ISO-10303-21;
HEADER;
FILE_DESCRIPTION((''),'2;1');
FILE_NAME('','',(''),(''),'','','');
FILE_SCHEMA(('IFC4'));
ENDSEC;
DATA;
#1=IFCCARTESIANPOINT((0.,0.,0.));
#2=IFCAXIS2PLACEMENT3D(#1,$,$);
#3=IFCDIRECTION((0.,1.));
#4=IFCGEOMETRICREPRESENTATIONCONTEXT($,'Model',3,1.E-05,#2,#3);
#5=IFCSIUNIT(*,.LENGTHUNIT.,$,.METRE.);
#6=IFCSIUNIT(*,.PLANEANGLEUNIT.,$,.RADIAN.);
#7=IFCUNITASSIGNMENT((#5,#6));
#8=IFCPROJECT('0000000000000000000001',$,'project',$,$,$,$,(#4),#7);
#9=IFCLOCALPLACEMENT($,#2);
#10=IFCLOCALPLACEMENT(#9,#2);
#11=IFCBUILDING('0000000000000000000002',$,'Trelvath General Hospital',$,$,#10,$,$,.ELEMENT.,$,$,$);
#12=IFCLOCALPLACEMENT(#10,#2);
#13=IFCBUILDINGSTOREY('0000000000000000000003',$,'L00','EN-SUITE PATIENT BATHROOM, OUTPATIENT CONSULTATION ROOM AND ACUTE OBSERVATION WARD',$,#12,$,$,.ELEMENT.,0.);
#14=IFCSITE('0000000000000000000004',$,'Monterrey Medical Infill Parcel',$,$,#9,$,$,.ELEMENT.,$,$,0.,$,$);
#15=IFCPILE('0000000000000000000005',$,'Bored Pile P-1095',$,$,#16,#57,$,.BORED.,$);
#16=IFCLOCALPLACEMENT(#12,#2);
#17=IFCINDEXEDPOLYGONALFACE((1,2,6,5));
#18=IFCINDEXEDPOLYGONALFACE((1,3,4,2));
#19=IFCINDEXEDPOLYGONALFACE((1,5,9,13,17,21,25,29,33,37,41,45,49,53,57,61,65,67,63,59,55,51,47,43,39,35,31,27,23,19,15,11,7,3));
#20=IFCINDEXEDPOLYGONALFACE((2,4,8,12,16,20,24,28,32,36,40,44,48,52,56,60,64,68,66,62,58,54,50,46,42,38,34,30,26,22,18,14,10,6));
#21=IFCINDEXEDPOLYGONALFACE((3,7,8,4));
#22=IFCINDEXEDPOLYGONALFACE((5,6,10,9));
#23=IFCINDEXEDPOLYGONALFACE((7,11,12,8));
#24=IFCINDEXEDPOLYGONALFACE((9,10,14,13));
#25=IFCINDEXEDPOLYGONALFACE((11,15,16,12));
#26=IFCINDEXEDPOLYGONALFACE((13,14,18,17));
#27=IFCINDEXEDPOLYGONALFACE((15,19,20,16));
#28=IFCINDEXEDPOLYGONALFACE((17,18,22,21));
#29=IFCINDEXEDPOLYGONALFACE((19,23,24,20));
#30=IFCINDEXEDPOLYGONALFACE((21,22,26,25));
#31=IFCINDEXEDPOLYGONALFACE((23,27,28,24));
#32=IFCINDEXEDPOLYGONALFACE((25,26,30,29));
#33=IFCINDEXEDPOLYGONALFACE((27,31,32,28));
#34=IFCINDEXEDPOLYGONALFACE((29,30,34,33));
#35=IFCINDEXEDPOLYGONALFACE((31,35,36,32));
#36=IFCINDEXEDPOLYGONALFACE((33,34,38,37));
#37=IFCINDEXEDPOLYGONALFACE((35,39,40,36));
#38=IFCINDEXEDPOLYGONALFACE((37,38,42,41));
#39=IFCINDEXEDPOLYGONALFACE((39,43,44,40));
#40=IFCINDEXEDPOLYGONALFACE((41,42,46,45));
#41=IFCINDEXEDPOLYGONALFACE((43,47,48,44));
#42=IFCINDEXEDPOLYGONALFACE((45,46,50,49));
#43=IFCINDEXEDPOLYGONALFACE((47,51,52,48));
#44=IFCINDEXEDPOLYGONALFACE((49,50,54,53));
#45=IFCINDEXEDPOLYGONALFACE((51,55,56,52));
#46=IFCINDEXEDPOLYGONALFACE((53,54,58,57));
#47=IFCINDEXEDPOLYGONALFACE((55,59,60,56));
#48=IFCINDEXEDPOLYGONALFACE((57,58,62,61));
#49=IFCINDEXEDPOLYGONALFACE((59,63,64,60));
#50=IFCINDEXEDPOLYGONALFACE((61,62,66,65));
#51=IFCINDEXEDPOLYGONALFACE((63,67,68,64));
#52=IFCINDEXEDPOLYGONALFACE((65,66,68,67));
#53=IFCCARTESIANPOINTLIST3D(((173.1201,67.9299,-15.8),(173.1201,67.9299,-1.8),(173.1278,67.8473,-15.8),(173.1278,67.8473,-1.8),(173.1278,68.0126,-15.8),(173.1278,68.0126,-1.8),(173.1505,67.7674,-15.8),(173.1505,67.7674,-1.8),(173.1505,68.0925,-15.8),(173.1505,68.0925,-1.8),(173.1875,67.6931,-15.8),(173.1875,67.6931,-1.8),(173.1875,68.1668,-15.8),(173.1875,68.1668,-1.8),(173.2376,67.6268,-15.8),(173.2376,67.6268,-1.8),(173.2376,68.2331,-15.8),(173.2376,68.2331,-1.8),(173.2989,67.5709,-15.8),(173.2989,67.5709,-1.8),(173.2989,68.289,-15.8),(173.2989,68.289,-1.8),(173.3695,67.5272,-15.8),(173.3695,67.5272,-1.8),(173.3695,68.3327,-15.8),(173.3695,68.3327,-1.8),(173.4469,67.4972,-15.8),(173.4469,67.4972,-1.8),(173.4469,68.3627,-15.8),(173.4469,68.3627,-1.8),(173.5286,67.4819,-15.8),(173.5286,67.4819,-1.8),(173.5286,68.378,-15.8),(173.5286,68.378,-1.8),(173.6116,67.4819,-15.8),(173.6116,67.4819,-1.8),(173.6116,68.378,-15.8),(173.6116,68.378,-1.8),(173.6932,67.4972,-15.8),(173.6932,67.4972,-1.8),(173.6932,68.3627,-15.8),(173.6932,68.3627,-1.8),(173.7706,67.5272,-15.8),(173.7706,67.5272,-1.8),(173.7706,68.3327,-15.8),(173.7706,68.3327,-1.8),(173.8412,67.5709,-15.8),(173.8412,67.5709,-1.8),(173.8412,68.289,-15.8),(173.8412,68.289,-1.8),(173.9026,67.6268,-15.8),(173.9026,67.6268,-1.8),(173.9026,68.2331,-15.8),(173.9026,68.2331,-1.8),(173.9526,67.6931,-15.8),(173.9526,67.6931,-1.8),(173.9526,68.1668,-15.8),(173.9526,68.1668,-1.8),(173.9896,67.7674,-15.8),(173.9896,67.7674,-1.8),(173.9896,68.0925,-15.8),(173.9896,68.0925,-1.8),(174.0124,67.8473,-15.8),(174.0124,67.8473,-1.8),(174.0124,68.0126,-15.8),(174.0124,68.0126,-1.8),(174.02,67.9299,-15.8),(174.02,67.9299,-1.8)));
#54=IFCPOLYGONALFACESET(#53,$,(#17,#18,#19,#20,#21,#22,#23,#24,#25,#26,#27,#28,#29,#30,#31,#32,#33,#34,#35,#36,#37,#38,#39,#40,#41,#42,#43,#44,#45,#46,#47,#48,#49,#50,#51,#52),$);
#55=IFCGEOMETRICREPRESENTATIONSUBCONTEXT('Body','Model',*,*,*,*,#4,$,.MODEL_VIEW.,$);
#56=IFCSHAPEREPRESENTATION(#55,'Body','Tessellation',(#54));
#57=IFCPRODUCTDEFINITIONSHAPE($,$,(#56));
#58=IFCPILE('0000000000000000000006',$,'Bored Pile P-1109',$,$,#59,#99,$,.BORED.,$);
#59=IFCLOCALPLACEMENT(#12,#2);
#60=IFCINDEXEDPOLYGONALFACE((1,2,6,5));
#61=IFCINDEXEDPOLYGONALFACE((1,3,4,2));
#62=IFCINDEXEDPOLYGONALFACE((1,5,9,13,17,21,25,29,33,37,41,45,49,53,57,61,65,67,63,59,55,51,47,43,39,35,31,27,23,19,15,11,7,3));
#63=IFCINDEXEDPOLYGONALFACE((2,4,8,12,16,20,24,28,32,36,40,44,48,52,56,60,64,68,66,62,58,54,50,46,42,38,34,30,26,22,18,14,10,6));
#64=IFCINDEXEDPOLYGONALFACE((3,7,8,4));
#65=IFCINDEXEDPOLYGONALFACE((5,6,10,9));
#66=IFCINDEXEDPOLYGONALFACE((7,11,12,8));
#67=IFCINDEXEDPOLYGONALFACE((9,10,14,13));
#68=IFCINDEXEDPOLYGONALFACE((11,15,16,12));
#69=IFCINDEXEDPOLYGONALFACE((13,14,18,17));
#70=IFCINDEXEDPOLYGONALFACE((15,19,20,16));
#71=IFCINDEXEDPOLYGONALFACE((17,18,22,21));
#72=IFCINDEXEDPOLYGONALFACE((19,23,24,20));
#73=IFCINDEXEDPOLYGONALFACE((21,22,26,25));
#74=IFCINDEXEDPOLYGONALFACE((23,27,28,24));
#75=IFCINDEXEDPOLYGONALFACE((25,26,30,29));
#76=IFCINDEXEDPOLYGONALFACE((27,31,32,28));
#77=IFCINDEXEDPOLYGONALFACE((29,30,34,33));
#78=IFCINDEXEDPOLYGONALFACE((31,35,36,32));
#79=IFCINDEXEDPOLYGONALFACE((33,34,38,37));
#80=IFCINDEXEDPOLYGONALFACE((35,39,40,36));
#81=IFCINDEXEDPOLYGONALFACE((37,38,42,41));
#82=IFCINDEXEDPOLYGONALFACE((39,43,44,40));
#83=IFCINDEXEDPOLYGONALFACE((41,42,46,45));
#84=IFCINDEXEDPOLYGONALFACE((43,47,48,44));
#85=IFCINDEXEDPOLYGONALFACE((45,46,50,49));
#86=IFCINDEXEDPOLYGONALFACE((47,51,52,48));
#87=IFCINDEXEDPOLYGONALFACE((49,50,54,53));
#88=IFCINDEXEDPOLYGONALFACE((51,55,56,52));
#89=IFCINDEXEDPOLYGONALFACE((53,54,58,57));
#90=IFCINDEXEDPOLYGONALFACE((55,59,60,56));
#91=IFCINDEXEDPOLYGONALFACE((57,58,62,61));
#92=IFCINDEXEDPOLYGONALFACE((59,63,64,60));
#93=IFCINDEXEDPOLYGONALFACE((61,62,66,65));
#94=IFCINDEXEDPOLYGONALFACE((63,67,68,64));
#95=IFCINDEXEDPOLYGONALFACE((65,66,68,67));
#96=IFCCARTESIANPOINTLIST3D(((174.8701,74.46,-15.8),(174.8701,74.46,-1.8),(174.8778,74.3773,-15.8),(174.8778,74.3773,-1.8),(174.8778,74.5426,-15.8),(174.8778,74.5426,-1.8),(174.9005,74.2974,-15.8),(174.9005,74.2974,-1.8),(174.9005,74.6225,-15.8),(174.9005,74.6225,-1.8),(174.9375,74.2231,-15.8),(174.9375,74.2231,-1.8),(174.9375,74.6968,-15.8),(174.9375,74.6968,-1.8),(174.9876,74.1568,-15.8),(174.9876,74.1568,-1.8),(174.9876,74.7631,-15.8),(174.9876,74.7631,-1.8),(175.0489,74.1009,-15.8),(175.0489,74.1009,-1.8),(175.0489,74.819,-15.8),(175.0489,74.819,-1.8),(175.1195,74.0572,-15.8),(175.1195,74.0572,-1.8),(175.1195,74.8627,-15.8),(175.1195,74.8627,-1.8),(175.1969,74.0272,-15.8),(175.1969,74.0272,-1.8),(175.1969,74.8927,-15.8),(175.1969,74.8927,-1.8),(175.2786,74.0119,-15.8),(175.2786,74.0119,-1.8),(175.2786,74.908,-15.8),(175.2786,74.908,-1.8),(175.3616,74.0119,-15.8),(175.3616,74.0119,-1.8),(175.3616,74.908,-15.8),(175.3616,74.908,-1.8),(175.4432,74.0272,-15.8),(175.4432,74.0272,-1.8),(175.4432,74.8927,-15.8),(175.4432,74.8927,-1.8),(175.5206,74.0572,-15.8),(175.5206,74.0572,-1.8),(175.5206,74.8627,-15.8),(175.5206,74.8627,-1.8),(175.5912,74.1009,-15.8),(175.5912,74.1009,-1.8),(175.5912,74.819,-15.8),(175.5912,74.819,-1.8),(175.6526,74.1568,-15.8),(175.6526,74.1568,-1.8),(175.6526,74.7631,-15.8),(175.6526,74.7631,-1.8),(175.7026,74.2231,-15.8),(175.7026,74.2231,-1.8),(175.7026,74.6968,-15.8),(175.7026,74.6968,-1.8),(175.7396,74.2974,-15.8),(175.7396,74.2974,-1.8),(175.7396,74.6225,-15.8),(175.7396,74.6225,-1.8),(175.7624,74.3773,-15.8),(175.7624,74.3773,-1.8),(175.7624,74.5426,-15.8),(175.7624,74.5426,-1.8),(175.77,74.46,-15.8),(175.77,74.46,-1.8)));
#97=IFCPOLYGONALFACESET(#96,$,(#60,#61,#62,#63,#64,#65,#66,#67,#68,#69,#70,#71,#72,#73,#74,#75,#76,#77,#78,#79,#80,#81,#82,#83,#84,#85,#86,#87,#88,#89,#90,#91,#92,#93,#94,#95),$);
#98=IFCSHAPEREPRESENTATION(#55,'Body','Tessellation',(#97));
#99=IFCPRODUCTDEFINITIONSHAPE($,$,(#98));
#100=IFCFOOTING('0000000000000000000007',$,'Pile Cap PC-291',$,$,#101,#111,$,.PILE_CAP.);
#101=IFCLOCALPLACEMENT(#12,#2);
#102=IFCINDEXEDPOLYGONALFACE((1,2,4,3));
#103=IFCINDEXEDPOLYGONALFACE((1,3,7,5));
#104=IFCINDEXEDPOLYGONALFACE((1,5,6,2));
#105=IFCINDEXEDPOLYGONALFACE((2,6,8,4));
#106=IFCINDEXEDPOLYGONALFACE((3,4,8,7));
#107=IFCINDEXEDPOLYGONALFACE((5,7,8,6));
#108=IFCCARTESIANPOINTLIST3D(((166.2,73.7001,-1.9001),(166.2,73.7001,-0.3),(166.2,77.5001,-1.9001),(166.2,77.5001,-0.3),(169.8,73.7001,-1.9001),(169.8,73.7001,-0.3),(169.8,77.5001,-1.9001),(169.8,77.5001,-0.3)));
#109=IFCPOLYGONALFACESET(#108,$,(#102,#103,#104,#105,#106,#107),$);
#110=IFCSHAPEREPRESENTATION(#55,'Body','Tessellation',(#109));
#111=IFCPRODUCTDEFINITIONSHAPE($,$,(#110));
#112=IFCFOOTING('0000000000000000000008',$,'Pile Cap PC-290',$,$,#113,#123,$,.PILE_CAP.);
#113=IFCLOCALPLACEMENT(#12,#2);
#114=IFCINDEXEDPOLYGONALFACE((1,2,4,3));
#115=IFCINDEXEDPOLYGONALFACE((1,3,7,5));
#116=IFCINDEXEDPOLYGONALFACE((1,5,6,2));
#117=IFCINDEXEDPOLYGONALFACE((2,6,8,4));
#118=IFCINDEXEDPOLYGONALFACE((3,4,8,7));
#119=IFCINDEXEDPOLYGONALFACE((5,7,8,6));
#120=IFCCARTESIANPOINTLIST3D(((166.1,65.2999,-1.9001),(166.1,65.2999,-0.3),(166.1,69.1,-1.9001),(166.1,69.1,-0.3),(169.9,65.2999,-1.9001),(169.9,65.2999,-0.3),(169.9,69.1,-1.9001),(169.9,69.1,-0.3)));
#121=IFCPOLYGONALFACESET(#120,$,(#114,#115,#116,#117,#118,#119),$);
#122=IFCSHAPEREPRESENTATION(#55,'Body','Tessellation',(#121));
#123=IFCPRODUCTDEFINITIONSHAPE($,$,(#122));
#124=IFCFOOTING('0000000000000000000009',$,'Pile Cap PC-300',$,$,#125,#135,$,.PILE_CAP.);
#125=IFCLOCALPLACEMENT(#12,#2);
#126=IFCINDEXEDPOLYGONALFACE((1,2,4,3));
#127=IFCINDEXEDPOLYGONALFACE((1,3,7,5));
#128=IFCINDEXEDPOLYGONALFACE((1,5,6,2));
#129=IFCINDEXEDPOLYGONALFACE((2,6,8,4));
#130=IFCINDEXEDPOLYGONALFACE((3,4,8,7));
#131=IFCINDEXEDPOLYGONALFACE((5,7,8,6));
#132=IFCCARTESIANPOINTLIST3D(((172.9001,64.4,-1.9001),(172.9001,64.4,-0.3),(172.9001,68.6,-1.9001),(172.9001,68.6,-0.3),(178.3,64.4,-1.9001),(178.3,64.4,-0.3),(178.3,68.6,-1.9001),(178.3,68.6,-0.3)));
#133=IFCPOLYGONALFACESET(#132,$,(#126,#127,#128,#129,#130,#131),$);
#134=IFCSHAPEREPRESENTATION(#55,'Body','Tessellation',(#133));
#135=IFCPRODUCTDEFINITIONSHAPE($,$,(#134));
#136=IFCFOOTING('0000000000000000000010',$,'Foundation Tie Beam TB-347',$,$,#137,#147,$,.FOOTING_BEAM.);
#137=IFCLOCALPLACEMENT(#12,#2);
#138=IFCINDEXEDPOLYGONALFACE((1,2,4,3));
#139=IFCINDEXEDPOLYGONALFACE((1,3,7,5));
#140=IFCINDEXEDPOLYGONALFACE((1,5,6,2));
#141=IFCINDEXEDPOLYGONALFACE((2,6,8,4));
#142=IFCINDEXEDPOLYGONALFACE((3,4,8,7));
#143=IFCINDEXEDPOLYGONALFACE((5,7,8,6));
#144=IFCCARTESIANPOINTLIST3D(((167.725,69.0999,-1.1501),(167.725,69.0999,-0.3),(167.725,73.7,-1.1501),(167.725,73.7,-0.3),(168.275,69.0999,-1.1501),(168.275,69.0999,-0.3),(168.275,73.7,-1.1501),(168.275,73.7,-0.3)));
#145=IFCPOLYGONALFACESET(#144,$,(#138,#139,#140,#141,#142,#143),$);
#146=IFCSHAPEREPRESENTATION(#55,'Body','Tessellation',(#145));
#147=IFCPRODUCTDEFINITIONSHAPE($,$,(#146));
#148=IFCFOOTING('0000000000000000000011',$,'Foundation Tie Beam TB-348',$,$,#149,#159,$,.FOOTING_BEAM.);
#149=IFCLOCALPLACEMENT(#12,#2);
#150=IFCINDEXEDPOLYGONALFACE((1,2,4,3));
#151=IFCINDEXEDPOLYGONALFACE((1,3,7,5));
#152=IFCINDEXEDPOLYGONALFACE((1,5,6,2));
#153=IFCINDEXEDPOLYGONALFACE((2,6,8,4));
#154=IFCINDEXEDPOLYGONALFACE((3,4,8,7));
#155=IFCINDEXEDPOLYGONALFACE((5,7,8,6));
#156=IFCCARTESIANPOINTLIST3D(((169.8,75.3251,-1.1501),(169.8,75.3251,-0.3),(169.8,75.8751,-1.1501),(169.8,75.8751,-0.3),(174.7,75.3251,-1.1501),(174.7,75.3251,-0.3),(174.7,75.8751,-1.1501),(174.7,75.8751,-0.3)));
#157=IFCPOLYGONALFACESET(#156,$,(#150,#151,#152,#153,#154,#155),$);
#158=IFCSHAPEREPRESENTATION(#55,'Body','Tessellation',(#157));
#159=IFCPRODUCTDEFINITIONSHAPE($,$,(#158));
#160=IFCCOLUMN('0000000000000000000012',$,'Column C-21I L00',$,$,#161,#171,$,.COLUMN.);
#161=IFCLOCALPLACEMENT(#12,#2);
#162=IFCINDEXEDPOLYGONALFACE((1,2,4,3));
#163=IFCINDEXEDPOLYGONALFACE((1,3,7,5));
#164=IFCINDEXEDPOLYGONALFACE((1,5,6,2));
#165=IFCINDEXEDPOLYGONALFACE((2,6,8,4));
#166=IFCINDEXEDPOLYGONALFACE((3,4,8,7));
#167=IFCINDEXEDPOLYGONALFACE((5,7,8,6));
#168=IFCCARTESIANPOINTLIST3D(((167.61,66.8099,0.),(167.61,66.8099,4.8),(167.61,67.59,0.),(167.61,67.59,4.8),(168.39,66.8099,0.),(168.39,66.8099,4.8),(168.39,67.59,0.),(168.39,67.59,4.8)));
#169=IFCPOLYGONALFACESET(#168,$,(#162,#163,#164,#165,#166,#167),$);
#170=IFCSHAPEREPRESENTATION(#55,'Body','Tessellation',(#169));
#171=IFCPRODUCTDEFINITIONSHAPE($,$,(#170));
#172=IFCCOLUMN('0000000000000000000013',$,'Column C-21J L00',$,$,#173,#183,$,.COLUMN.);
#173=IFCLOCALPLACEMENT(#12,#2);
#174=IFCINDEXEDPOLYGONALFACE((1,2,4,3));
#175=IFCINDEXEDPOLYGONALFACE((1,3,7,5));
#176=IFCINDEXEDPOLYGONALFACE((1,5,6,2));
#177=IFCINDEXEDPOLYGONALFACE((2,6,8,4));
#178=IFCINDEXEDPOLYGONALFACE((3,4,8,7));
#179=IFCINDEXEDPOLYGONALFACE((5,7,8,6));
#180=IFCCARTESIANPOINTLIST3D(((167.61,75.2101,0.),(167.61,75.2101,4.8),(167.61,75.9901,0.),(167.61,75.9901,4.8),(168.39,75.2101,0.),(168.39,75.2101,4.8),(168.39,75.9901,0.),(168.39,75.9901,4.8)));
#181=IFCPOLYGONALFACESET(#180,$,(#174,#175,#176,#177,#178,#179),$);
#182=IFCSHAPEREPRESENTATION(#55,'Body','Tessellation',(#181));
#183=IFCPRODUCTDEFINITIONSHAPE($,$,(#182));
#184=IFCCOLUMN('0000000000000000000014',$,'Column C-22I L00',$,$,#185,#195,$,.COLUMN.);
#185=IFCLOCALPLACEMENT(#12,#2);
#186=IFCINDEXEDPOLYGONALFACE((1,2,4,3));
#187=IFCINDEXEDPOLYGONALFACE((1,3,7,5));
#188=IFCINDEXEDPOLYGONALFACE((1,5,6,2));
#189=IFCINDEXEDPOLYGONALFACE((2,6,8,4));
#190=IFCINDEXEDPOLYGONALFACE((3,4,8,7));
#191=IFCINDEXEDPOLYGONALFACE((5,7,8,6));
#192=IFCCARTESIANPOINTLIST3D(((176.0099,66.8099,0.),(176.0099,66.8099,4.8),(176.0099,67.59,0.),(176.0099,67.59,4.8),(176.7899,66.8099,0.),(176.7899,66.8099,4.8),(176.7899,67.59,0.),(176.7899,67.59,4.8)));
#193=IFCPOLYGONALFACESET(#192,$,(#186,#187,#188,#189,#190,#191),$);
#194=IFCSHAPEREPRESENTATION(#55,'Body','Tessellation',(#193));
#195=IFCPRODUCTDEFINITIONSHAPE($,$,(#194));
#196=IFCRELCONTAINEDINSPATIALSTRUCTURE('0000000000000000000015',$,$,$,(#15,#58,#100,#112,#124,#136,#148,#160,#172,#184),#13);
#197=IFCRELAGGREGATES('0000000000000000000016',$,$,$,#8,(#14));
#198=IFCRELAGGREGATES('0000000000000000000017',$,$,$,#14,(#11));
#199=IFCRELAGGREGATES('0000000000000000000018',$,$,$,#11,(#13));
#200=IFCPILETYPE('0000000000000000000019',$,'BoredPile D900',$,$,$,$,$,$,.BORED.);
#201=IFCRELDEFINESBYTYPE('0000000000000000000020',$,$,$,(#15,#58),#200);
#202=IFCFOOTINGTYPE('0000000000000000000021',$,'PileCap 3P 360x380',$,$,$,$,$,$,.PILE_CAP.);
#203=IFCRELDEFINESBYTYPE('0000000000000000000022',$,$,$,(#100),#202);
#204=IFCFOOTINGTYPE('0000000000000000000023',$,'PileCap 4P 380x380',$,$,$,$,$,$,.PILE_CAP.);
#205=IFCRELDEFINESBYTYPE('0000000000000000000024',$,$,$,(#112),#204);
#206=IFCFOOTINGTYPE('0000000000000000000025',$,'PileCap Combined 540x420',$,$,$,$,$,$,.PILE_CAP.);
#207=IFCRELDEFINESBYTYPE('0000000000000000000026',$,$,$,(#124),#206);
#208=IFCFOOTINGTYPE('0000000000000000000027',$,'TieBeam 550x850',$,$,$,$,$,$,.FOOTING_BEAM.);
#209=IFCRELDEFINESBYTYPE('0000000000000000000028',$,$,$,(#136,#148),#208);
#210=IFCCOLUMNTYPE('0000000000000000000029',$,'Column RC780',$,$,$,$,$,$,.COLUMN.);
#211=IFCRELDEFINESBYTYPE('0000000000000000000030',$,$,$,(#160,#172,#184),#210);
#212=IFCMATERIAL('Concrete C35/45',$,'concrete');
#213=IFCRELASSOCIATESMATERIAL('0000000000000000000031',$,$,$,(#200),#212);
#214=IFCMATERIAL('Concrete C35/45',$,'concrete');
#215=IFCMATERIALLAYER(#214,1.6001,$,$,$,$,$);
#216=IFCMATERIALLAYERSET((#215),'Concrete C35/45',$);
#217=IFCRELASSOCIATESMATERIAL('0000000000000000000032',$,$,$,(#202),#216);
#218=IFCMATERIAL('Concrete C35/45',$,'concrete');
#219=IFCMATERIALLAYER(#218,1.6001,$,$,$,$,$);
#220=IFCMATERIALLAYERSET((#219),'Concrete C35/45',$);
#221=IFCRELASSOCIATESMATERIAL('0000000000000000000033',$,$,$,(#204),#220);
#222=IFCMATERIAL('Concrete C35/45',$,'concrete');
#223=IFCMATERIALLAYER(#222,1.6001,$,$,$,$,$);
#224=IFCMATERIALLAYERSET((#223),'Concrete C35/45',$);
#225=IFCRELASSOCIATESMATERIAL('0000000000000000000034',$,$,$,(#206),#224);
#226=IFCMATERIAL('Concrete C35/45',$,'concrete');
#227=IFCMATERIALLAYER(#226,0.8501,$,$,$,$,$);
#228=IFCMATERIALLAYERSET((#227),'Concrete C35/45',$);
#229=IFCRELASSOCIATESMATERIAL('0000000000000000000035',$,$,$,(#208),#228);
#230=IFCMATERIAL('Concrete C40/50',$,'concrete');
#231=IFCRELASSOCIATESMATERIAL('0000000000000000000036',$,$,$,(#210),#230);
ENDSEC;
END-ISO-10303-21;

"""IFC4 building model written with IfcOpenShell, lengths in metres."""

from ifc_helpers import new_model, si_unit, direction, frame, origin, origin_2d, place, context, subcontext, project, spatial, rectangle, circle, extrude, material, layer, layer_set, material_profile, profile_set, type_object, element, save


model = new_model("IFC4")

# Units and contexts
model_context = context("Model", 3, precision=1e-05, world=origin(), true_north=direction((0.0, 1.0)))
body_context = subcontext(model_context, "Body", "Model", "MODEL_VIEW")
ifc_project = project(units=[si_unit("LENGTHUNIT", "METRE"), si_unit("PLANEANGLEUNIT", "RADIAN")], contexts=[model_context])

# Site, building, storey
site_placement = place(None, origin())
site = spatial("IfcSite", under=ifc_project, at=site_placement, Name="Monterrey Medical Infill Parcel", CompositionType="ELEMENT", RefElevation=0.0)
building_placement = place(site_placement, origin())
building = spatial("IfcBuilding", under=site, at=building_placement, Name="Trelvath General Hospital", CompositionType="ELEMENT")
storey_placement = place(building_placement, origin())
storey = spatial("IfcBuildingStorey", under=building, at=storey_placement, Name="L00", Description="EN-SUITE PATIENT BATHROOM, OUTPATIENT CONSULTATION ROOM AND ACUTE OBSERVATION WARD", CompositionType="ELEMENT", Elevation=0.0)

# Piles
ifc_material_1 = material(Name="Concrete C35/45", Category="concrete")
ifc_material_profile_1 = material_profile(ifc_material_1, circle(Radius=0.45, at=origin_2d()), Name="PILE900")
ifc_profile_set_1 = profile_set([ifc_material_profile_1], Name="Concrete C35/45")
pile_type = type_object("IfcPileType", Name="BoredPile D900", PredefinedType="BORED", material=ifc_profile_set_1)
for number, where, z_axis, x_axis, name in (
    (1, (173.5701, 67.9299, -1.8), (0.0, 0.0, -1.0), (1.0, 0.0, 0.0), "Bored Pile P-1095"),
    (2, (175.3201, 74.46, -1.8), (0.0, 0.0, -1.0), (1.0, 0.0, 0.0), "Bored Pile P-1109"),
):
    element("IfcPile", number, at=place(storey_placement, frame(where, z_axis=z_axis, x_axis=x_axis)), inside=storey, type_object=pile_type, Name=name, PredefinedType="BORED", context=body_context, shape_type="SweptSolid", body=[
        extrude(circle(Radius=0.45, at=origin_2d()), origin(), (0.0, 0.0, 1.0), 14.0),
    ])

# Footings
ifc_material_2 = material(Name="Concrete C35/45", Category="concrete")
ifc_layer_1 = layer(ifc_material_2, 1.6001)
ifc_layer_set_1 = layer_set([ifc_layer_1], Name="Concrete C35/45")
footing_type_1 = type_object("IfcFootingType", Name="PileCap 3P 360x380", PredefinedType="PILE_CAP", material=ifc_layer_set_1)
footing_1_placement = place(storey_placement, frame((168.0, 75.6001, -1.9001), z_axis=(0.0, 0.0, 1.0), x_axis=(1.0, 0.0, 0.0)))
element("IfcFooting", 3, at=footing_1_placement, inside=storey, type_object=footing_type_1, Name="Pile Cap PC-291", PredefinedType="PILE_CAP", context=body_context, shape_type="SweptSolid", body=[
    extrude(rectangle(XDim=3.6001, YDim=3.8, at=origin_2d()), origin(), (0.0, 0.0, 1.0), 1.6001),
])
ifc_material_3 = material(Name="Concrete C35/45", Category="concrete")
ifc_layer_2 = layer(ifc_material_3, 1.6001)
ifc_layer_set_2 = layer_set([ifc_layer_2], Name="Concrete C35/45")
footing_type_2 = type_object("IfcFootingType", Name="PileCap 4P 380x380", PredefinedType="PILE_CAP", material=ifc_layer_set_2)
footing_2_placement = place(storey_placement, frame((168.0, 67.2, -1.9001), z_axis=(0.0, 0.0, 1.0), x_axis=(1.0, 0.0, 0.0)))
element("IfcFooting", 4, at=footing_2_placement, inside=storey, type_object=footing_type_2, Name="Pile Cap PC-290", PredefinedType="PILE_CAP", context=body_context, shape_type="SweptSolid", body=[
    extrude(rectangle(XDim=3.8, YDim=3.8, at=origin_2d()), origin(), (0.0, 0.0, 1.0), 1.6001),
])
ifc_material_4 = material(Name="Concrete C35/45", Category="concrete")
ifc_layer_3 = layer(ifc_material_4, 1.6001)
ifc_layer_set_3 = layer_set([ifc_layer_3], Name="Concrete C35/45")
footing_type_3 = type_object("IfcFootingType", Name="PileCap Combined 540x420", PredefinedType="PILE_CAP", material=ifc_layer_set_3)
footing_3_placement = place(storey_placement, frame((175.6001, 66.5, -1.9001), z_axis=(0.0, 0.0, 1.0), x_axis=(1.0, 0.0, 0.0)))
element("IfcFooting", 5, at=footing_3_placement, inside=storey, type_object=footing_type_3, Name="Pile Cap PC-300", PredefinedType="PILE_CAP", context=body_context, shape_type="SweptSolid", body=[
    extrude(rectangle(XDim=5.3999, YDim=4.2, at=origin_2d()), origin(), (0.0, 0.0, 1.0), 1.6001),
])
ifc_material_5 = material(Name="Concrete C35/45", Category="concrete")
ifc_layer_4 = layer(ifc_material_5, 0.8501)
ifc_layer_set_4 = layer_set([ifc_layer_4], Name="Concrete C35/45")
footing_type_4 = type_object("IfcFootingType", Name="TieBeam 550x850", PredefinedType="FOOTING_BEAM", material=ifc_layer_set_4)
footing_4_placement = place(storey_placement, frame((168.0, 71.3999, -1.1501), z_axis=(0.0, 0.0, 1.0), x_axis=(1.0, 0.0, 0.0)))
element("IfcFooting", 6, at=footing_4_placement, inside=storey, type_object=footing_type_4, Name="Foundation Tie Beam TB-347", PredefinedType="FOOTING_BEAM", context=body_context, shape_type="SweptSolid", body=[
    extrude(rectangle(XDim=0.55, YDim=4.6001, at=origin_2d()), origin(), (0.0, 0.0, 1.0), 0.8501),
])
footing_5_placement = place(storey_placement, frame((172.25, 75.6001, -1.1501), z_axis=(0.0, 0.0, 1.0), x_axis=(1.0, 0.0, 0.0)))
element("IfcFooting", 7, at=footing_5_placement, inside=storey, type_object=footing_type_4, Name="Foundation Tie Beam TB-348", PredefinedType="FOOTING_BEAM", context=body_context, shape_type="SweptSolid", body=[
    extrude(rectangle(XDim=4.8999, YDim=0.55, at=origin_2d()), origin(), (0.0, 0.0, 1.0), 0.8501),
])

# Columns
ifc_material_6 = material(Name="Concrete C40/50", Category="concrete")
ifc_material_profile_2 = material_profile(ifc_material_6, rectangle(XDim=0.78, YDim=0.78, at=origin_2d()), Name="RC780x780")
ifc_profile_set_2 = profile_set([ifc_material_profile_2], Name="Concrete C40/50")
column_type_1 = type_object("IfcColumnType", Name="Column RC780", PredefinedType="COLUMN", material=ifc_profile_set_2)
for number, where, z_axis, x_axis, name in (
    (8, (168.0, 67.2, 0.0), (0.0, 0.0, 1.0), (1.0, 0.0, 0.0), "Column C-21I L00"),
    (9, (168.0, 75.6001, 0.0), (0.0, 0.0, 1.0), (1.0, 0.0, 0.0), "Column C-21J L00"),
    (10, (176.3999, 67.2, 0.0), (0.0, 0.0, 1.0), (1.0, 0.0, 0.0), "Column C-22I L00"),
):
    element("IfcColumn", number, at=place(storey_placement, frame(where, z_axis=z_axis, x_axis=x_axis)), inside=storey, type_object=column_type_1, Name=name, PredefinedType="COLUMN", context=body_context, shape_type="SweptSolid", body=[
        extrude(rectangle(XDim=0.78, YDim=0.78, at=origin_2d()), origin(), (0.0, 0.0, 1.0), 4.8),
    ])

save(model, "model.ifc")
